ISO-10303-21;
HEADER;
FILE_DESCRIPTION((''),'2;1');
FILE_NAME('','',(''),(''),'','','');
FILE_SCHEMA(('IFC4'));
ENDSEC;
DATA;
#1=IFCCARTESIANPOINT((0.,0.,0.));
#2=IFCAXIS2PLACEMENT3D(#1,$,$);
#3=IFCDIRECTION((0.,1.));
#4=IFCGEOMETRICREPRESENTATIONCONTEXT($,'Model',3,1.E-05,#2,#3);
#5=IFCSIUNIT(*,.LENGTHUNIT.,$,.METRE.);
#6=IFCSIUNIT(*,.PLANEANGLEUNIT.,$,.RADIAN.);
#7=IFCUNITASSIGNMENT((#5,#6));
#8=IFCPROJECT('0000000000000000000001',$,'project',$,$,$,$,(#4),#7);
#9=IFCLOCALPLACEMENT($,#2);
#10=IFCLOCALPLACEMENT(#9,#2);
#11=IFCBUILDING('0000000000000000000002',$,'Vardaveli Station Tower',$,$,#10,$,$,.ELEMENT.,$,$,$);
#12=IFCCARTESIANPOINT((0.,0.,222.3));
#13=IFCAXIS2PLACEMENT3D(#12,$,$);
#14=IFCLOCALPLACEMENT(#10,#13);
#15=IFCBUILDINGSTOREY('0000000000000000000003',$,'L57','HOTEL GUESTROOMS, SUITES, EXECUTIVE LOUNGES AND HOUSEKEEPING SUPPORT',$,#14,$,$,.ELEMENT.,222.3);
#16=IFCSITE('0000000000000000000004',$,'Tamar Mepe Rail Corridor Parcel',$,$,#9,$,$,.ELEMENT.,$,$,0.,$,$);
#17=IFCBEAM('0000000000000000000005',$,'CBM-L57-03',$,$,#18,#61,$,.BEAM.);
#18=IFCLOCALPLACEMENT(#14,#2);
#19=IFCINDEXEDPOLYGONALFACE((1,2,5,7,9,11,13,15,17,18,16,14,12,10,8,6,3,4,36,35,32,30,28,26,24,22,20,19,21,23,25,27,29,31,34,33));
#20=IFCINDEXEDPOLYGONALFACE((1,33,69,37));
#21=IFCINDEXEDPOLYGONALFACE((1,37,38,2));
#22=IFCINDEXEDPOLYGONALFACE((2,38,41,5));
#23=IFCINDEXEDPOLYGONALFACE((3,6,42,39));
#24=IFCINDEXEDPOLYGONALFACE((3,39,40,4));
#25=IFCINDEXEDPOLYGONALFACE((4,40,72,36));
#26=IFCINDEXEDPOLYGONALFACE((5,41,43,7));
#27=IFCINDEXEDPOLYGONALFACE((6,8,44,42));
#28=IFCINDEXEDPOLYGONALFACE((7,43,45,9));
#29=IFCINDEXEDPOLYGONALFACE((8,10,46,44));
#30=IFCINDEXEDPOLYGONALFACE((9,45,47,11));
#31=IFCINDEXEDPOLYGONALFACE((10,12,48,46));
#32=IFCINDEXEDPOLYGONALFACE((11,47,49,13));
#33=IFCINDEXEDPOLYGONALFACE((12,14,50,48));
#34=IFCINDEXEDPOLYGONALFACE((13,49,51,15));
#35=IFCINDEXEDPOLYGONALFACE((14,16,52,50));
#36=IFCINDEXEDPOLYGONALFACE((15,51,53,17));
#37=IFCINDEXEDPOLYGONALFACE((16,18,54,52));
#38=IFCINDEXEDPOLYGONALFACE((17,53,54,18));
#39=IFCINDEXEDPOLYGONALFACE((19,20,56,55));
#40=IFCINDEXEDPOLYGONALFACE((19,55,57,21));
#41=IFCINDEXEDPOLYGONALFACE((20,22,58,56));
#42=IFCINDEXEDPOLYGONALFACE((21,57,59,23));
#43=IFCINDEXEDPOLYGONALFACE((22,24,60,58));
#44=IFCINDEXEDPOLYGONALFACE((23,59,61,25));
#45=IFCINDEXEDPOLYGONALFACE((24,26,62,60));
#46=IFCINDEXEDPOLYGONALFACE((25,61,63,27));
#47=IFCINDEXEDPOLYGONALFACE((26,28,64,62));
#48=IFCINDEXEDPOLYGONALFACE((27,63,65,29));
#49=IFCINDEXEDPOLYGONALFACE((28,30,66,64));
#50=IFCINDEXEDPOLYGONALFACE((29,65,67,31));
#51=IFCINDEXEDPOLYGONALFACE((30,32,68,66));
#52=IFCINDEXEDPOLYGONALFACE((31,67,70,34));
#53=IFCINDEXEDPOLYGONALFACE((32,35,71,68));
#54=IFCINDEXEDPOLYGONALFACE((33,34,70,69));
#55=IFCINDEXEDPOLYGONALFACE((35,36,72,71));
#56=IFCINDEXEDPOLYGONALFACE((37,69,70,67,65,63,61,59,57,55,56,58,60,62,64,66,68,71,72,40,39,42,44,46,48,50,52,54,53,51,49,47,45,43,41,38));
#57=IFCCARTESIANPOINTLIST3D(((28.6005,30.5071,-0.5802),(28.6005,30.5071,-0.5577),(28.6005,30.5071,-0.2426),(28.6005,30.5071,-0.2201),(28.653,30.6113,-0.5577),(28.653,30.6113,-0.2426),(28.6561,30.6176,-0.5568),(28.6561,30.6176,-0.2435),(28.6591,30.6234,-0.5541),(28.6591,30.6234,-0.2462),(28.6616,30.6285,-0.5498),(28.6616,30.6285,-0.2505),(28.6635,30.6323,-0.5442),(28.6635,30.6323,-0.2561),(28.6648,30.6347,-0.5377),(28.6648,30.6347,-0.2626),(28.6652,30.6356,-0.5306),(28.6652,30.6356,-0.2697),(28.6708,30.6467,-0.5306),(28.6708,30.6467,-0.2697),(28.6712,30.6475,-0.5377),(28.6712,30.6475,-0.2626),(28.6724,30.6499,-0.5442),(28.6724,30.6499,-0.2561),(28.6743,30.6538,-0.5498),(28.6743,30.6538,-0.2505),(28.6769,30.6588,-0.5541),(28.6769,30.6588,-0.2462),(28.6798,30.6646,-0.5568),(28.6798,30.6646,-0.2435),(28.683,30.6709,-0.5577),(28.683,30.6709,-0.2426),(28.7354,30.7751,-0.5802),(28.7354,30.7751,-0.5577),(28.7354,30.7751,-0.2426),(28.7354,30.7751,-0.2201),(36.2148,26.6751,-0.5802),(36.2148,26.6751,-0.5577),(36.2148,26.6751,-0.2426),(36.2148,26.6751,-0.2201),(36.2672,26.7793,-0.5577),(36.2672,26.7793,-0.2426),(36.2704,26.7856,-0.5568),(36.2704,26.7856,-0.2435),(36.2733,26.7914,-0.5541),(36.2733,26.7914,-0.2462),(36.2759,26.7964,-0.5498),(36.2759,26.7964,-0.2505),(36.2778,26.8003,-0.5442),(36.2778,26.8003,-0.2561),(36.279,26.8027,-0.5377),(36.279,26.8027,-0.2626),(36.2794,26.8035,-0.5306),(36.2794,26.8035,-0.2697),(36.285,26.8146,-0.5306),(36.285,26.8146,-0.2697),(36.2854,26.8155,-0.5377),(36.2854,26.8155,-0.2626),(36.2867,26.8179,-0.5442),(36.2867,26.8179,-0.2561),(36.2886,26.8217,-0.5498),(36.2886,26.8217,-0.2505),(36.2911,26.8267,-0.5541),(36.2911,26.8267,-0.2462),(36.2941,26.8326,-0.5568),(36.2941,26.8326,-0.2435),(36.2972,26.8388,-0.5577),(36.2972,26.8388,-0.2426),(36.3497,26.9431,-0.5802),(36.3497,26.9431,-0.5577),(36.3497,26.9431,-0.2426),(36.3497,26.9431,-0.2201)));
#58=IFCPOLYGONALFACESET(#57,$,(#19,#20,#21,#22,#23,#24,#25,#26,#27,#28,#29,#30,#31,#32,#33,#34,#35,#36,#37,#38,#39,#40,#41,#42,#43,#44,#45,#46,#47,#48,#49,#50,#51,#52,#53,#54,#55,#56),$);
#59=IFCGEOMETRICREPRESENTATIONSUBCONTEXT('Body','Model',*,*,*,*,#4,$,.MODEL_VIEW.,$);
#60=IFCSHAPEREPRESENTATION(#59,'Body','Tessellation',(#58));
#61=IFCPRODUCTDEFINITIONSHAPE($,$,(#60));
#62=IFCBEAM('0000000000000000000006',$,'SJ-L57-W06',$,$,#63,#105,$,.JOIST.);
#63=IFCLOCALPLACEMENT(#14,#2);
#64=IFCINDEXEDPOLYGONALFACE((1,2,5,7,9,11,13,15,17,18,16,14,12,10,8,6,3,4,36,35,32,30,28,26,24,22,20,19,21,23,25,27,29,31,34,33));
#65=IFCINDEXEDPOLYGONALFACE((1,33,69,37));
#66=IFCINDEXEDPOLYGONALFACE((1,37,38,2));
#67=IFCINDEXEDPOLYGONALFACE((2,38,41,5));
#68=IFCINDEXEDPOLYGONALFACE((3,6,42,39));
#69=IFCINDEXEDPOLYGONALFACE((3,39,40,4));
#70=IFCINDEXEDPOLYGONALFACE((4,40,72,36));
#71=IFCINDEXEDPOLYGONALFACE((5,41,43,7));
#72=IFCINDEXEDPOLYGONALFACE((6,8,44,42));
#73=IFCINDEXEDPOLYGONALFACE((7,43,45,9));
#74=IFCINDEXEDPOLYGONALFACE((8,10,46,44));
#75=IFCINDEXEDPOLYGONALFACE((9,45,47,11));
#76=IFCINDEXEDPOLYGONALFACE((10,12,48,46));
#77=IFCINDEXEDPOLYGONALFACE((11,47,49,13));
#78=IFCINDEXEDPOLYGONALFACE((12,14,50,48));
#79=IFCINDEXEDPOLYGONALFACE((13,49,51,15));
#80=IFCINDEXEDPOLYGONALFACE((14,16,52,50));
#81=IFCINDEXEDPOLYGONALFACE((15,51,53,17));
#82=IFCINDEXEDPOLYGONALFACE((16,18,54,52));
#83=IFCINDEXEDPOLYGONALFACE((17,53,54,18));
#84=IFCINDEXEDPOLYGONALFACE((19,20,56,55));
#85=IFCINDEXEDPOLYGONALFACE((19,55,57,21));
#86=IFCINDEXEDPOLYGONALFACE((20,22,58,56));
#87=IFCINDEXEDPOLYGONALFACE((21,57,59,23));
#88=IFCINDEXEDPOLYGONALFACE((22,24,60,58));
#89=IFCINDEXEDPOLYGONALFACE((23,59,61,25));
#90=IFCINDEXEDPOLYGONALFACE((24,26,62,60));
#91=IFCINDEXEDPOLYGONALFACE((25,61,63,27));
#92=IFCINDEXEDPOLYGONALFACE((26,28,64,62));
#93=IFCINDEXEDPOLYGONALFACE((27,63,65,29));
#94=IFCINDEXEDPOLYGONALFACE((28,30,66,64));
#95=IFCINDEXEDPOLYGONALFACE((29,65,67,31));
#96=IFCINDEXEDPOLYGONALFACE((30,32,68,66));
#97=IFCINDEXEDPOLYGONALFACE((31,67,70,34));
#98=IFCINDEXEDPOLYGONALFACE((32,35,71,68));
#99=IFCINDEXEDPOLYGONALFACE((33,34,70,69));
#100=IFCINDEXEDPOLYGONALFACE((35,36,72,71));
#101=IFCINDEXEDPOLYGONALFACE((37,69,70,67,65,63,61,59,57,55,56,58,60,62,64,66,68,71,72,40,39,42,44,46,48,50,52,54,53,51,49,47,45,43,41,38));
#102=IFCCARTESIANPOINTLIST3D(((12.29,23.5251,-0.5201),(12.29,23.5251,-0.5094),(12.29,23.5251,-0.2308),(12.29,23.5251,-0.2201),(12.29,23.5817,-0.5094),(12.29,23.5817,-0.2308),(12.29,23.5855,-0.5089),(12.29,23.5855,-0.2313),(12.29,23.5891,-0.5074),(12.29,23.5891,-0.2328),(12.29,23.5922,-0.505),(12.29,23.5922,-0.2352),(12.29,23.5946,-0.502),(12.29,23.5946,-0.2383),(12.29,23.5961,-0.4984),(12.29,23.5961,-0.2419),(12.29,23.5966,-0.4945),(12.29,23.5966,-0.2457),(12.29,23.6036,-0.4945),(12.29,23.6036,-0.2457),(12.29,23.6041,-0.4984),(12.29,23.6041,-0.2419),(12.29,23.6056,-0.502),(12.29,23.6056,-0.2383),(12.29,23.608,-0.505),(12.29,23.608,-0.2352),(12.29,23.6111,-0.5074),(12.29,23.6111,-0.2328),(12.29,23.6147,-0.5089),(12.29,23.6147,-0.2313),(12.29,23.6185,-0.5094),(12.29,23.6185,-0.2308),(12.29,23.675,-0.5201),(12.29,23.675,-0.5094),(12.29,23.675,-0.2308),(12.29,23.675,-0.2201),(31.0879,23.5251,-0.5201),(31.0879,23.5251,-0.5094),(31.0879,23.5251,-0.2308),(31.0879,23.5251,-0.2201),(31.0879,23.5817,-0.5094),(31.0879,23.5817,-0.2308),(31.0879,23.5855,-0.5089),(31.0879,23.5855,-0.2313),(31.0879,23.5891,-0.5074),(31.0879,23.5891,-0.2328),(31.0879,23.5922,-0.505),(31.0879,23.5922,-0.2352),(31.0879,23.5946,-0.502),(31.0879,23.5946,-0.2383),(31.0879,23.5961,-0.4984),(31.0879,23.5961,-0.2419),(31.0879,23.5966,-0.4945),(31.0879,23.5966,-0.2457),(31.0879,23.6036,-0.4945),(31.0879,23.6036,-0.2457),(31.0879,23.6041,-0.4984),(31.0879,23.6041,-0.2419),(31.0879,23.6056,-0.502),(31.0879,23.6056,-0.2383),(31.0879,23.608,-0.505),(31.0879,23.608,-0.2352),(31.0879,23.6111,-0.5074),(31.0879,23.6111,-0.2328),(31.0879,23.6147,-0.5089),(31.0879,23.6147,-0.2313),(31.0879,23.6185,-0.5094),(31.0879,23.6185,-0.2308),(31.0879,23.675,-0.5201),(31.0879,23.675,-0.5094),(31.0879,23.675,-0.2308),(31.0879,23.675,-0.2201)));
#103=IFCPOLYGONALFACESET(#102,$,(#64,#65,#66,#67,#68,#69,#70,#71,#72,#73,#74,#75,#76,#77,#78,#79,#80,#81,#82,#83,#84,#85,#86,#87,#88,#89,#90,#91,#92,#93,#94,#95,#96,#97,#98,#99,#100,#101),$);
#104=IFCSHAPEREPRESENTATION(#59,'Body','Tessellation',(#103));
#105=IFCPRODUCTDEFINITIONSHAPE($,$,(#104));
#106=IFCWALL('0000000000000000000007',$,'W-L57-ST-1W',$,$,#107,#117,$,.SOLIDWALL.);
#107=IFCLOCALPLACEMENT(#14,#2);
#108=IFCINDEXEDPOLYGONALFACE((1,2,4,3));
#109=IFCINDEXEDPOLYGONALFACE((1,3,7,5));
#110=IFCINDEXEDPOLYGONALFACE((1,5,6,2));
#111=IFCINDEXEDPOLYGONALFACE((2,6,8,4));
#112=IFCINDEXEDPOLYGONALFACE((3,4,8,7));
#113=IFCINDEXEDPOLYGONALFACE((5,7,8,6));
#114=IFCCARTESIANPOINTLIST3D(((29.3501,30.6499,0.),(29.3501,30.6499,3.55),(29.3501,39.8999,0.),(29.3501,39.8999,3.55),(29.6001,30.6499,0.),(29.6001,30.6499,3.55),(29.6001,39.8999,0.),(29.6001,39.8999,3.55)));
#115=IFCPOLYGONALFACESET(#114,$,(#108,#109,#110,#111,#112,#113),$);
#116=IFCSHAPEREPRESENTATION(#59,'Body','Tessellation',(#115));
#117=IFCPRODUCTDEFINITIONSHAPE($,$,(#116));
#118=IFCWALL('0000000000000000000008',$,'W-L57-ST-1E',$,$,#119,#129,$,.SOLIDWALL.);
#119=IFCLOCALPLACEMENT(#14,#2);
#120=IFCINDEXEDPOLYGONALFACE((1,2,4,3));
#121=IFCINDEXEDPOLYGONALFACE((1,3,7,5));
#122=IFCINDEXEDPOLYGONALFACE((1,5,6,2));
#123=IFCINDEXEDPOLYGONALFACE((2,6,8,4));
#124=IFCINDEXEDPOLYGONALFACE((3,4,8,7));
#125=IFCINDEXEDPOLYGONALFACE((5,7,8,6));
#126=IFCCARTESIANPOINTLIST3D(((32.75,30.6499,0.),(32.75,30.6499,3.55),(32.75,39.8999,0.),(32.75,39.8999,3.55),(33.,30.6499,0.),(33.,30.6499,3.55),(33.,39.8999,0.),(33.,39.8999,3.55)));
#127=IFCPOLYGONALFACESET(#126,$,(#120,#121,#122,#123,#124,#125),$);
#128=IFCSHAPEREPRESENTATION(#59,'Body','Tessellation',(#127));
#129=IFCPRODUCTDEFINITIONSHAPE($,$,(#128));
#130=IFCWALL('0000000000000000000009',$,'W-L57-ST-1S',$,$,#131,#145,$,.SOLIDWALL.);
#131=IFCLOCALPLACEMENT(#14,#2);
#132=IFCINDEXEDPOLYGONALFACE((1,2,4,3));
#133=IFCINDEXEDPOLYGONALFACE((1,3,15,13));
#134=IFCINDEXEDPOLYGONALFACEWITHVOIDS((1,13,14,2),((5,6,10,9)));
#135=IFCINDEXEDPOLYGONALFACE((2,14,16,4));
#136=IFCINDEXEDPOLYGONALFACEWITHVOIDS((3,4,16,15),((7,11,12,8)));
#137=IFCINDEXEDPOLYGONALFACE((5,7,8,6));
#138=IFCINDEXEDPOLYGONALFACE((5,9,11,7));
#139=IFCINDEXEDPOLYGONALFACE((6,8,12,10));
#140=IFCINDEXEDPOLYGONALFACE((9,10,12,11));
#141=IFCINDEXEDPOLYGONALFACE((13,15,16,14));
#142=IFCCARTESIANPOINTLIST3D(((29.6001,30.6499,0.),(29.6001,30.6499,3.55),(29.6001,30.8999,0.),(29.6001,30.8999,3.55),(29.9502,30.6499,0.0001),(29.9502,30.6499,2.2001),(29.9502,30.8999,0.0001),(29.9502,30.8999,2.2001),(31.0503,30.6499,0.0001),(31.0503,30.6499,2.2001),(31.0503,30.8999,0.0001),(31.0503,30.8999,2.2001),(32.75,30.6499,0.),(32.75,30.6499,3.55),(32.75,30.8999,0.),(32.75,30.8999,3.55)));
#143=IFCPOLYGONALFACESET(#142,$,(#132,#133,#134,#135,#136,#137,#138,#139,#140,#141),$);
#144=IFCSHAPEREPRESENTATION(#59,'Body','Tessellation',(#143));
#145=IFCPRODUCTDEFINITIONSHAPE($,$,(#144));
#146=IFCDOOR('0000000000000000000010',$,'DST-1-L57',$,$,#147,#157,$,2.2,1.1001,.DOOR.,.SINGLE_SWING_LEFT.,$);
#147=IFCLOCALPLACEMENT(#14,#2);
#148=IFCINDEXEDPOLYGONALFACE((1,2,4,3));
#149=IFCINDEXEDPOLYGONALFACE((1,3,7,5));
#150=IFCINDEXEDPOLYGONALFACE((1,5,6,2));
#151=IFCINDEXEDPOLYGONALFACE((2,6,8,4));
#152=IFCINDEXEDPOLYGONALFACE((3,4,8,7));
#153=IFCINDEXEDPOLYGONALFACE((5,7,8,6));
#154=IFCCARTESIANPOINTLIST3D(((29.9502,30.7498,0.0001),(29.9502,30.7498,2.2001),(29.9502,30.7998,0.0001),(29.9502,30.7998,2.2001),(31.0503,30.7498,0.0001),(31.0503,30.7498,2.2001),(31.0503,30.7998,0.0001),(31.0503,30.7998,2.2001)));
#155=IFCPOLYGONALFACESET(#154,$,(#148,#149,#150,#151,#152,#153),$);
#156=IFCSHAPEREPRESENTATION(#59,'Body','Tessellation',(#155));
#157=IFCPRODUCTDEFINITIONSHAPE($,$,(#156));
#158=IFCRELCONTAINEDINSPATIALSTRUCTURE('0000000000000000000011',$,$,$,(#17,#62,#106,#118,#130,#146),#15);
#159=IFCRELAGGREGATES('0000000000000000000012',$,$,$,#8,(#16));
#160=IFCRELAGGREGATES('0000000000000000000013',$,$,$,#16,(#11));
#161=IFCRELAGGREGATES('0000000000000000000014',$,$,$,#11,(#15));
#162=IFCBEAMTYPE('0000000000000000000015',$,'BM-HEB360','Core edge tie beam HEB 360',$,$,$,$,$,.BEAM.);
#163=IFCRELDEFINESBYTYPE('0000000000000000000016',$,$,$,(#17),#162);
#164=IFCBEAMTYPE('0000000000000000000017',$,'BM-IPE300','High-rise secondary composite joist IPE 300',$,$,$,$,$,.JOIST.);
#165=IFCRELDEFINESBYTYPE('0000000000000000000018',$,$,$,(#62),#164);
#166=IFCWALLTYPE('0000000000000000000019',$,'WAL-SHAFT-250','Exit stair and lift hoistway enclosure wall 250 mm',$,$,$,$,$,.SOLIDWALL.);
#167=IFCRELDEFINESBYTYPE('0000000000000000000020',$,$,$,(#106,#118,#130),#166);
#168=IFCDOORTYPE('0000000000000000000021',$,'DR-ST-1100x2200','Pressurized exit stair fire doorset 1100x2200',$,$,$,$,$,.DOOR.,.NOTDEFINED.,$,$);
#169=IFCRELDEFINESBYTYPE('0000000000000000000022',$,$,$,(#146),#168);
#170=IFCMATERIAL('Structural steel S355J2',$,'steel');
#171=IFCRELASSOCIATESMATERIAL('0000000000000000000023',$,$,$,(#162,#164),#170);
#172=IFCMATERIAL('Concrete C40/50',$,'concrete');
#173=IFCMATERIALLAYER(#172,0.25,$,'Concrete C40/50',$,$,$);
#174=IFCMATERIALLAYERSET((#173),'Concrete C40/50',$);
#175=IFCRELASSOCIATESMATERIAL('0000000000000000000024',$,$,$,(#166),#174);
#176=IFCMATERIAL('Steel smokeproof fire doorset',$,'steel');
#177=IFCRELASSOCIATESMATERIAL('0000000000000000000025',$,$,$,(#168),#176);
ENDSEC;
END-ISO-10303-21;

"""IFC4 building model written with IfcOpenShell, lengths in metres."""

from ifc_helpers import new_model, si_unit, direction, frame, frame_2d, origin, origin_2d, place, context, subcontext, project, spatial, rectangle, i_section, extrude, source, transform, mapped, material, layer, layer_set, material_profile, profile_set, type_object, element, fill, save


model = new_model("IFC4")

# Units and contexts
model_context = context("Model", 3, precision=1e-05, world=origin(), true_north=direction((0.0, 1.0)))
body_context = subcontext(model_context, "Body", "Model", "MODEL_VIEW")
ifc_project = project(units=[si_unit("LENGTHUNIT", "METRE"), si_unit("PLANEANGLEUNIT", "RADIAN")], contexts=[model_context])

# Site, building, storey
site_placement = place(None, origin())
site = spatial("IfcSite", under=ifc_project, at=site_placement, Name="Tamar Mepe Rail Corridor Parcel", CompositionType="ELEMENT", RefElevation=0.0)
building_placement = place(site_placement, origin())
building = spatial("IfcBuilding", under=site, at=building_placement, Name="Vardaveli Station Tower", CompositionType="ELEMENT")
storey_placement = place(building_placement, frame((0.0, 0.0, 222.3)))
storey = spatial("IfcBuildingStorey", under=building, at=storey_placement, Name="L57", Description="HOTEL GUESTROOMS, SUITES, EXECUTIVE LOUNGES AND HOUSEKEEPING SUPPORT", CompositionType="ELEMENT", Elevation=222.3)

# Beams
ifc_material_1 = material(Name="Structural steel S355J2", Category="steel")
ifc_material_profile_1 = material_profile(ifc_material_1, i_section(OverallWidth=0.3, OverallDepth=0.3601, WebThickness=0.0125, FlangeThickness=0.0225, FilletRadius=0.0271, at=origin_2d()), Name="HEB 360")
ifc_profile_set_1 = profile_set([ifc_material_profile_1], Name="Structural steel S355J2")
beam_type_1 = type_object("IfcBeamType", Name="BM-HEB360", Description="Core edge tie beam HEB 360", PredefinedType="BEAM", material=ifc_profile_set_1)
shared_shape_1 = source(origin(), body_context, "Body", "SweptSolid", [
    extrude(i_section(OverallWidth=0.3, OverallDepth=0.3601, WebThickness=0.0125, FlangeThickness=0.0225, FilletRadius=0.0271, at=origin_2d()), origin(), (0.0, 0.0, 1.0), 8.5242),
])
beam_1_placement = place(storey_placement, frame((28.668, 30.6411, -0.4001), z_axis=(0.893256, -0.449549, 0.0), x_axis=(0.449549, 0.893256, 0.0)))
element("IfcBeam", 1, at=beam_1_placement, inside=storey, type_object=beam_type_1, Name="CBM-L57-03", PredefinedType="BEAM", context=body_context, shape_type="MappedRepresentation", body=[
    mapped(shared_shape_1, transform((0.0, 0.0, 0.0), scale=1.0)),
])
ifc_material_profile_2 = material_profile(ifc_material_1, i_section(OverallWidth=0.1499, OverallDepth=0.3, WebThickness=0.0071, FlangeThickness=0.0107, FilletRadius=0.0149, at=origin_2d()), Name="IPE 300")
ifc_profile_set_2 = profile_set([ifc_material_profile_2], Name="Structural steel S355J2")
beam_type_2 = type_object("IfcBeamType", Name="BM-IPE300", Description="High-rise secondary composite joist IPE 300", PredefinedType="JOIST", material=ifc_profile_set_2)
shared_shape_2 = source(origin(), body_context, "Body", "SweptSolid", [
    extrude(i_section(OverallWidth=0.1499, OverallDepth=0.3, WebThickness=0.0071, FlangeThickness=0.0107, FilletRadius=0.0149, at=origin_2d()), origin(), (0.0, 0.0, 1.0), 18.7979),
])
beam_2_placement = place(storey_placement, frame((12.29, 23.6001, -0.3701), z_axis=(1.0, 0.0, 0.0), x_axis=(0.0, 1.0, 0.0)))
element("IfcBeam", 2, at=beam_2_placement, inside=storey, type_object=beam_type_2, Name="SJ-L57-W06", PredefinedType="JOIST", context=body_context, shape_type="MappedRepresentation", body=[
    mapped(shared_shape_2, transform((0.0, 0.0, 0.0), scale=1.0)),
])

# Walls
ifc_material_2 = material(Name="Concrete C40/50", Category="concrete")
ifc_layer_1 = layer(ifc_material_2, 0.25, Name="Concrete C40/50")
ifc_layer_set_1 = layer_set([ifc_layer_1], Name="Concrete C40/50")
wall_type_1 = type_object("IfcWallType", Name="WAL-SHAFT-250", Description="Exit stair and lift hoistway enclosure wall 250 mm", PredefinedType="SOLIDWALL", material=ifc_layer_set_1)
shared_shape_3 = source(origin(), body_context, "Body", "SweptSolid", [
    extrude(rectangle(XDim=9.25, YDim=0.25, at=frame_2d((4.625, 0.0))), origin(), (0.0, 0.0, 1.0), 3.55),
])
for number, where, z_axis, x_axis, name in (
    (3, (29.4751, 30.6499, 0.0), (0.0, 0.0, 1.0), (0.0, 1.0, 0.0), "W-L57-ST-1W"),
    (4, (32.875, 30.6499, 0.0), (0.0, 0.0, 1.0), (0.0, 1.0, 0.0), "W-L57-ST-1E"),
):
    element("IfcWall", number, at=place(storey_placement, frame(where, z_axis=z_axis, x_axis=x_axis)), inside=storey, type_object=wall_type_1, Name=name, PredefinedType="SOLIDWALL", context=body_context, shape_type="MappedRepresentation", body=[
        mapped(shared_shape_3, transform((0.0, 0.0, 0.0), scale=1.0)),
    ])

# Wall, opening, door
shared_shape_4 = source(origin(), body_context, "Body", "SweptSolid", [
    extrude(rectangle(XDim=3.1499, YDim=0.25, at=frame_2d((1.575, 0.0))), origin(), (0.0, 0.0, 1.0), 3.55),
])
wall_1_placement = place(storey_placement, frame((29.6001, 30.7749, 0.0), z_axis=(0.0, 0.0, 1.0), x_axis=(1.0, 0.0, 0.0)))
wall_1 = element("IfcWall", 5, at=wall_1_placement, inside=storey, type_object=wall_type_1, Name="W-L57-ST-1S", PredefinedType="SOLIDWALL", context=body_context, shape_type="MappedRepresentation", body=[
    mapped(shared_shape_4, transform((0.0, 0.0, 0.0), scale=1.0)),
])
shared_shape_5 = source(origin(), body_context, "Body", "SweptSolid", [
    extrude(rectangle(XDim=1.1001, YDim=2.2, at=frame_2d((0.55, 1.1001))), frame((0.0, 0.135, 0.0), z_axis=(0.0, -1.0, 0.0), x_axis=(1.0, 0.0, 0.0)), (0.0, 0.0, 1.0), 0.27),
])
opening_1_placement = place(wall_1_placement, frame((0.3501, 0.0, 0.0)))
opening_1 = element("IfcOpeningElement", 6, at=opening_1_placement, cuts=wall_1, PredefinedType="OPENING", context=body_context, shape_type="MappedRepresentation", body=[
    mapped(shared_shape_5, transform((0.0, 0.0, 0.0), scale=1.0)),
])
ifc_material_3 = material(Name="Steel smokeproof fire doorset", Category="steel")
door_type_1 = type_object("IfcDoorType", Name="DR-ST-1100x2200", Description="Pressurized exit stair fire doorset 1100x2200", OperationType="NOTDEFINED", PredefinedType="DOOR", material=ifc_material_3)
shared_shape_6 = source(origin(), body_context, "Body", "SweptSolid", [
    extrude(rectangle(XDim=1.1001, YDim=2.2, at=frame_2d((0.55, 1.1001))), frame((0.0, 0.0249, 0.0), z_axis=(0.0, -1.0, 0.0), x_axis=(1.0, 0.0, 0.0)), (0.0, 0.0, 1.0), 0.05),
])
door_1_placement = place(opening_1_placement, origin())
door_1 = element("IfcDoor", 7, at=door_1_placement, inside=storey, type_object=door_type_1, Name="DST-1-L57", OperationType="SINGLE_SWING_LEFT", OverallHeight=2.2, OverallWidth=1.1001, PredefinedType="DOOR", context=body_context, shape_type="MappedRepresentation", body=[
    mapped(shared_shape_6, transform((0.0, 0.0, 0.0), scale=1.0)),
])
fill(opening_1, door_1)

save(model, "model.ifc")
